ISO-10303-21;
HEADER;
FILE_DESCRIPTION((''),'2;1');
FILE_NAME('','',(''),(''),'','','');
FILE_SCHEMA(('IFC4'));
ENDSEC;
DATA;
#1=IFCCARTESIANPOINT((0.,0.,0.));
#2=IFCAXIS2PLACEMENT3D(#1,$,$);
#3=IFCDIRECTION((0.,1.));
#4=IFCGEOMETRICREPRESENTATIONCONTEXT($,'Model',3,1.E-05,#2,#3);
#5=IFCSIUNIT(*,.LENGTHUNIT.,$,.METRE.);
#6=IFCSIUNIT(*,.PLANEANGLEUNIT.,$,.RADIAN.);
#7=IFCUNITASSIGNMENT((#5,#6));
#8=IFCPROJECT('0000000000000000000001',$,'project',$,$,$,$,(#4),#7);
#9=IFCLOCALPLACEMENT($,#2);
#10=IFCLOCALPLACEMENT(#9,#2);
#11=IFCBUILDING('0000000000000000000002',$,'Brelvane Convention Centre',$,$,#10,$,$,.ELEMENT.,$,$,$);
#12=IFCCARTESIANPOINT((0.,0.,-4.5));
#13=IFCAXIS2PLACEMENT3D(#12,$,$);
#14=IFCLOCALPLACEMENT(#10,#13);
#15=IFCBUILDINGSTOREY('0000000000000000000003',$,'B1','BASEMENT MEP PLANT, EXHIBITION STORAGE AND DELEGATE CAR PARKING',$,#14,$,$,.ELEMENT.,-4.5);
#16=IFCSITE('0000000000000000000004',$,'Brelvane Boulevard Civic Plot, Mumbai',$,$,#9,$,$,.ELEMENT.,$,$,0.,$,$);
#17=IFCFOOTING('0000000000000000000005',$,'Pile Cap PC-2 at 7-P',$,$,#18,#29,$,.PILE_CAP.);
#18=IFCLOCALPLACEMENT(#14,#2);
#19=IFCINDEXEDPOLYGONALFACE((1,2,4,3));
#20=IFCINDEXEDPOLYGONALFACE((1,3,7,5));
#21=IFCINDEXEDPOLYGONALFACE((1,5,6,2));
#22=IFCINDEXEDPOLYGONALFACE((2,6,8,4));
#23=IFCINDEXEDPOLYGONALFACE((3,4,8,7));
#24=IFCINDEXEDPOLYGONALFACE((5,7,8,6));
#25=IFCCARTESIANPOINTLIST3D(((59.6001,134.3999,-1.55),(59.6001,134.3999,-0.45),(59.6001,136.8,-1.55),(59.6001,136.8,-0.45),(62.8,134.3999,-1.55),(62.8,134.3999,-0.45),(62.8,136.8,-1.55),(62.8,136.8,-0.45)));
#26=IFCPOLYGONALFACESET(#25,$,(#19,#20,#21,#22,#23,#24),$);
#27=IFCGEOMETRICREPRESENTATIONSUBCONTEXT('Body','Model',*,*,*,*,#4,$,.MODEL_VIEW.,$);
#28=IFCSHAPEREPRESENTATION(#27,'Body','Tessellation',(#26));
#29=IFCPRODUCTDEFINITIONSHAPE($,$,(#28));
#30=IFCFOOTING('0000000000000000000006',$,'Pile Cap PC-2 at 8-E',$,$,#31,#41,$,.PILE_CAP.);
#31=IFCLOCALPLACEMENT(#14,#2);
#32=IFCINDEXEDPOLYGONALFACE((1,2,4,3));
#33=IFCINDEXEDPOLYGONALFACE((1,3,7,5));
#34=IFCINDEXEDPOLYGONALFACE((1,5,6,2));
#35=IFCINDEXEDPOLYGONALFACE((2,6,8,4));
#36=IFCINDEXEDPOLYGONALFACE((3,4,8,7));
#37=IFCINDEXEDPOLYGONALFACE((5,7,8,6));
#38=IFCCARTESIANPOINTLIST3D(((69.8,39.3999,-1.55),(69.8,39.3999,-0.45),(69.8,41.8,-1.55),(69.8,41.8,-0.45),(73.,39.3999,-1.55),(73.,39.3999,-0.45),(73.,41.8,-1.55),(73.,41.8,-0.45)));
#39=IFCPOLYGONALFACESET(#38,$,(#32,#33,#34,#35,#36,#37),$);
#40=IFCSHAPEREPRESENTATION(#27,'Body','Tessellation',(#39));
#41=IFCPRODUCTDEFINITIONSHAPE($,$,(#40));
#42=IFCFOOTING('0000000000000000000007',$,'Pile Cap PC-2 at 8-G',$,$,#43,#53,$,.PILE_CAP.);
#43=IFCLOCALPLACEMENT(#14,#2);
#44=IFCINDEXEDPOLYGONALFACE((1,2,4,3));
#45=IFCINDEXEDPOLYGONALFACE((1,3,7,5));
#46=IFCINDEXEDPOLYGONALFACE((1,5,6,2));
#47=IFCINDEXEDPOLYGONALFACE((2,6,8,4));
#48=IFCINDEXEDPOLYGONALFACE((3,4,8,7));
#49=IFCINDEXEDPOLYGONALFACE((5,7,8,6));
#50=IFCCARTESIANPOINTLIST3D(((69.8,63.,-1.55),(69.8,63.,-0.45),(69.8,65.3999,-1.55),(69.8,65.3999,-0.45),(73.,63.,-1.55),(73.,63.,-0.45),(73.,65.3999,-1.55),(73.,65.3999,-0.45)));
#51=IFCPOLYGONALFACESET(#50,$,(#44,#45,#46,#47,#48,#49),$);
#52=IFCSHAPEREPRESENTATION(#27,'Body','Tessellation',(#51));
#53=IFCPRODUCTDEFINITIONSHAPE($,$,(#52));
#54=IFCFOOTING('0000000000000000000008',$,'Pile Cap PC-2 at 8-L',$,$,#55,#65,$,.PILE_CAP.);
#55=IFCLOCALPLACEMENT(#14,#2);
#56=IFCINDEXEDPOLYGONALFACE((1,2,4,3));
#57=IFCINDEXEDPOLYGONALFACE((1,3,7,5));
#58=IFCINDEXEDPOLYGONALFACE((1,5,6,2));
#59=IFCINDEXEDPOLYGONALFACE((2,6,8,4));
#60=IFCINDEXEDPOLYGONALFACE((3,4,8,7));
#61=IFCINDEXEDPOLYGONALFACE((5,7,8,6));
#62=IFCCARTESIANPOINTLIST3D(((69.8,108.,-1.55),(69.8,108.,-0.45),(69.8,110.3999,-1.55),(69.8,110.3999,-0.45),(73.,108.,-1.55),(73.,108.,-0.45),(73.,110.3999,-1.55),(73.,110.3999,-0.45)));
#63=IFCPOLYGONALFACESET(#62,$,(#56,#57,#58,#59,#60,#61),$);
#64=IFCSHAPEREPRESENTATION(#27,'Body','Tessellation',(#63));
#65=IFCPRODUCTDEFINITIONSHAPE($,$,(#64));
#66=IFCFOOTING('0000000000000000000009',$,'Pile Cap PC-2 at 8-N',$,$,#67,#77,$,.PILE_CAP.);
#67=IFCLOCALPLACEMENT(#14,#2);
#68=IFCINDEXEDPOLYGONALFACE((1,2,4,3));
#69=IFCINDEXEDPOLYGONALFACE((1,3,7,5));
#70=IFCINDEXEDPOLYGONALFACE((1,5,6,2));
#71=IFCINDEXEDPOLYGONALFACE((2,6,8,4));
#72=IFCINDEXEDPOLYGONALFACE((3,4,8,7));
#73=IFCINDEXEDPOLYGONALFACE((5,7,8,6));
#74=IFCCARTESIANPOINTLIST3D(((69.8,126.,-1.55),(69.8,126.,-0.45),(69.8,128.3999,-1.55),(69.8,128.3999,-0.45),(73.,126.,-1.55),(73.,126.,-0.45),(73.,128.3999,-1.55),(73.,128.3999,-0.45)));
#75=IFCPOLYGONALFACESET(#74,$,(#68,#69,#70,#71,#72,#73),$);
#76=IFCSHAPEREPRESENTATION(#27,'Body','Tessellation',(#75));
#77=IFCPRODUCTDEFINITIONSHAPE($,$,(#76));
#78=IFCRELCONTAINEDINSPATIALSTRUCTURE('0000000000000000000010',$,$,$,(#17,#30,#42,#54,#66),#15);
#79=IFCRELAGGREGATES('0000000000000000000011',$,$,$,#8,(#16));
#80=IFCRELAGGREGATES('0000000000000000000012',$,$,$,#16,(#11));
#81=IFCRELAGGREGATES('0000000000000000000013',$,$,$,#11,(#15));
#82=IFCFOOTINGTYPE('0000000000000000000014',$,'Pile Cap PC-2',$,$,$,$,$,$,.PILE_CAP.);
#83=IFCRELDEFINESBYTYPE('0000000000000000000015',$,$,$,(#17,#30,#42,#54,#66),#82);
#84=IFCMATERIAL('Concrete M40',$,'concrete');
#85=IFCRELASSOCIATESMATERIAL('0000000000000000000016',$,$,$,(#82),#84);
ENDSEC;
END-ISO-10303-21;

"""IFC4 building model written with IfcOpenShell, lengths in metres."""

from ifc_helpers import new_model, si_unit, direction, frame, origin, place, context, subcontext, project, spatial, polyline, outline, extrude, material, type_object, element, save


model = new_model("IFC4")

# Units and contexts
model_context = context("Model", 3, precision=1e-05, world=origin(), true_north=direction((0.0, 1.0)))
body_context = subcontext(model_context, "Body", "Model", "MODEL_VIEW")
ifc_project = project(units=[si_unit("LENGTHUNIT", "METRE"), si_unit("PLANEANGLEUNIT", "RADIAN")], contexts=[model_context])

# Site, building, storey
site_placement = place(None, origin())
site = spatial("IfcSite", under=ifc_project, at=site_placement, Name="Brelvane Boulevard Civic Plot, Mumbai", CompositionType="ELEMENT", RefElevation=0.0)
building_placement = place(site_placement, origin())
building = spatial("IfcBuilding", under=site, at=building_placement, Name="Brelvane Convention Centre", CompositionType="ELEMENT")
storey_placement = place(building_placement, frame((0.0, 0.0, -4.5)))
storey = spatial("IfcBuildingStorey", under=building, at=storey_placement, Name="B1", Description="BASEMENT MEP PLANT, EXHIBITION STORAGE AND DELEGATE CAR PARKING", CompositionType="ELEMENT", Elevation=-4.5)

# Footings
ifc_material = material(Name="Concrete M40", Category="concrete")
footing_type = type_object("IfcFootingType", Name="Pile Cap PC-2", PredefinedType="PILE_CAP", material=ifc_material)
footing_1_placement = place(storey_placement, frame((0.0, 0.0, -1.55)))
element("IfcFooting", 1, at=footing_1_placement, inside=storey, type_object=footing_type, Name="Pile Cap PC-2 at 7-P", PredefinedType="PILE_CAP", context=body_context, shape_type="SweptSolid", body=[
    extrude(outline(polyline([(59.6001, 134.3999), (62.8, 134.3999), (62.8, 136.8), (59.6001, 136.8), (59.6001, 134.3999)])), origin(), (0.0, 0.0, 1.0), 1.1001),
])
footing_2_placement = place(storey_placement, frame((0.0, 0.0, -1.55)))
element("IfcFooting", 2, at=footing_2_placement, inside=storey, type_object=footing_type, Name="Pile Cap PC-2 at 8-E", PredefinedType="PILE_CAP", context=body_context, shape_type="SweptSolid", body=[
    extrude(outline(polyline([(69.8, 39.3999), (73.0, 39.3999), (73.0, 41.8), (69.8, 41.8), (69.8, 39.3999)])), origin(), (0.0, 0.0, 1.0), 1.1001),
])
footing_3_placement = place(storey_placement, frame((0.0, 0.0, -1.55)))
element("IfcFooting", 3, at=footing_3_placement, inside=storey, type_object=footing_type, Name="Pile Cap PC-2 at 8-G", PredefinedType="PILE_CAP", context=body_context, shape_type="SweptSolid", body=[
    extrude(outline(polyline([(69.8, 63.0), (73.0, 63.0), (73.0, 65.3999), (69.8, 65.3999), (69.8, 63.0)])), origin(), (0.0, 0.0, 1.0), 1.1001),
])
footing_4_placement = place(storey_placement, frame((0.0, 0.0, -1.55)))
element("IfcFooting", 4, at=footing_4_placement, inside=storey, type_object=footing_type, Name="Pile Cap PC-2 at 8-L", PredefinedType="PILE_CAP", context=body_context, shape_type="SweptSolid", body=[
    extrude(outline(polyline([(69.8, 108.0), (73.0, 108.0), (73.0, 110.3999), (69.8, 110.3999), (69.8, 108.0)])), origin(), (0.0, 0.0, 1.0), 1.1001),
])
footing_5_placement = place(storey_placement, frame((0.0, 0.0, -1.55)))
element("IfcFooting", 5, at=footing_5_placement, inside=storey, type_object=footing_type, Name="Pile Cap PC-2 at 8-N", PredefinedType="PILE_CAP", context=body_context, shape_type="SweptSolid", body=[
    extrude(outline(polyline([(69.8, 126.0), (73.0, 126.0), (73.0, 128.3999), (69.8, 128.3999), (69.8, 126.0)])), origin(), (0.0, 0.0, 1.0), 1.1001),
])

save(model, "model.ifc")
